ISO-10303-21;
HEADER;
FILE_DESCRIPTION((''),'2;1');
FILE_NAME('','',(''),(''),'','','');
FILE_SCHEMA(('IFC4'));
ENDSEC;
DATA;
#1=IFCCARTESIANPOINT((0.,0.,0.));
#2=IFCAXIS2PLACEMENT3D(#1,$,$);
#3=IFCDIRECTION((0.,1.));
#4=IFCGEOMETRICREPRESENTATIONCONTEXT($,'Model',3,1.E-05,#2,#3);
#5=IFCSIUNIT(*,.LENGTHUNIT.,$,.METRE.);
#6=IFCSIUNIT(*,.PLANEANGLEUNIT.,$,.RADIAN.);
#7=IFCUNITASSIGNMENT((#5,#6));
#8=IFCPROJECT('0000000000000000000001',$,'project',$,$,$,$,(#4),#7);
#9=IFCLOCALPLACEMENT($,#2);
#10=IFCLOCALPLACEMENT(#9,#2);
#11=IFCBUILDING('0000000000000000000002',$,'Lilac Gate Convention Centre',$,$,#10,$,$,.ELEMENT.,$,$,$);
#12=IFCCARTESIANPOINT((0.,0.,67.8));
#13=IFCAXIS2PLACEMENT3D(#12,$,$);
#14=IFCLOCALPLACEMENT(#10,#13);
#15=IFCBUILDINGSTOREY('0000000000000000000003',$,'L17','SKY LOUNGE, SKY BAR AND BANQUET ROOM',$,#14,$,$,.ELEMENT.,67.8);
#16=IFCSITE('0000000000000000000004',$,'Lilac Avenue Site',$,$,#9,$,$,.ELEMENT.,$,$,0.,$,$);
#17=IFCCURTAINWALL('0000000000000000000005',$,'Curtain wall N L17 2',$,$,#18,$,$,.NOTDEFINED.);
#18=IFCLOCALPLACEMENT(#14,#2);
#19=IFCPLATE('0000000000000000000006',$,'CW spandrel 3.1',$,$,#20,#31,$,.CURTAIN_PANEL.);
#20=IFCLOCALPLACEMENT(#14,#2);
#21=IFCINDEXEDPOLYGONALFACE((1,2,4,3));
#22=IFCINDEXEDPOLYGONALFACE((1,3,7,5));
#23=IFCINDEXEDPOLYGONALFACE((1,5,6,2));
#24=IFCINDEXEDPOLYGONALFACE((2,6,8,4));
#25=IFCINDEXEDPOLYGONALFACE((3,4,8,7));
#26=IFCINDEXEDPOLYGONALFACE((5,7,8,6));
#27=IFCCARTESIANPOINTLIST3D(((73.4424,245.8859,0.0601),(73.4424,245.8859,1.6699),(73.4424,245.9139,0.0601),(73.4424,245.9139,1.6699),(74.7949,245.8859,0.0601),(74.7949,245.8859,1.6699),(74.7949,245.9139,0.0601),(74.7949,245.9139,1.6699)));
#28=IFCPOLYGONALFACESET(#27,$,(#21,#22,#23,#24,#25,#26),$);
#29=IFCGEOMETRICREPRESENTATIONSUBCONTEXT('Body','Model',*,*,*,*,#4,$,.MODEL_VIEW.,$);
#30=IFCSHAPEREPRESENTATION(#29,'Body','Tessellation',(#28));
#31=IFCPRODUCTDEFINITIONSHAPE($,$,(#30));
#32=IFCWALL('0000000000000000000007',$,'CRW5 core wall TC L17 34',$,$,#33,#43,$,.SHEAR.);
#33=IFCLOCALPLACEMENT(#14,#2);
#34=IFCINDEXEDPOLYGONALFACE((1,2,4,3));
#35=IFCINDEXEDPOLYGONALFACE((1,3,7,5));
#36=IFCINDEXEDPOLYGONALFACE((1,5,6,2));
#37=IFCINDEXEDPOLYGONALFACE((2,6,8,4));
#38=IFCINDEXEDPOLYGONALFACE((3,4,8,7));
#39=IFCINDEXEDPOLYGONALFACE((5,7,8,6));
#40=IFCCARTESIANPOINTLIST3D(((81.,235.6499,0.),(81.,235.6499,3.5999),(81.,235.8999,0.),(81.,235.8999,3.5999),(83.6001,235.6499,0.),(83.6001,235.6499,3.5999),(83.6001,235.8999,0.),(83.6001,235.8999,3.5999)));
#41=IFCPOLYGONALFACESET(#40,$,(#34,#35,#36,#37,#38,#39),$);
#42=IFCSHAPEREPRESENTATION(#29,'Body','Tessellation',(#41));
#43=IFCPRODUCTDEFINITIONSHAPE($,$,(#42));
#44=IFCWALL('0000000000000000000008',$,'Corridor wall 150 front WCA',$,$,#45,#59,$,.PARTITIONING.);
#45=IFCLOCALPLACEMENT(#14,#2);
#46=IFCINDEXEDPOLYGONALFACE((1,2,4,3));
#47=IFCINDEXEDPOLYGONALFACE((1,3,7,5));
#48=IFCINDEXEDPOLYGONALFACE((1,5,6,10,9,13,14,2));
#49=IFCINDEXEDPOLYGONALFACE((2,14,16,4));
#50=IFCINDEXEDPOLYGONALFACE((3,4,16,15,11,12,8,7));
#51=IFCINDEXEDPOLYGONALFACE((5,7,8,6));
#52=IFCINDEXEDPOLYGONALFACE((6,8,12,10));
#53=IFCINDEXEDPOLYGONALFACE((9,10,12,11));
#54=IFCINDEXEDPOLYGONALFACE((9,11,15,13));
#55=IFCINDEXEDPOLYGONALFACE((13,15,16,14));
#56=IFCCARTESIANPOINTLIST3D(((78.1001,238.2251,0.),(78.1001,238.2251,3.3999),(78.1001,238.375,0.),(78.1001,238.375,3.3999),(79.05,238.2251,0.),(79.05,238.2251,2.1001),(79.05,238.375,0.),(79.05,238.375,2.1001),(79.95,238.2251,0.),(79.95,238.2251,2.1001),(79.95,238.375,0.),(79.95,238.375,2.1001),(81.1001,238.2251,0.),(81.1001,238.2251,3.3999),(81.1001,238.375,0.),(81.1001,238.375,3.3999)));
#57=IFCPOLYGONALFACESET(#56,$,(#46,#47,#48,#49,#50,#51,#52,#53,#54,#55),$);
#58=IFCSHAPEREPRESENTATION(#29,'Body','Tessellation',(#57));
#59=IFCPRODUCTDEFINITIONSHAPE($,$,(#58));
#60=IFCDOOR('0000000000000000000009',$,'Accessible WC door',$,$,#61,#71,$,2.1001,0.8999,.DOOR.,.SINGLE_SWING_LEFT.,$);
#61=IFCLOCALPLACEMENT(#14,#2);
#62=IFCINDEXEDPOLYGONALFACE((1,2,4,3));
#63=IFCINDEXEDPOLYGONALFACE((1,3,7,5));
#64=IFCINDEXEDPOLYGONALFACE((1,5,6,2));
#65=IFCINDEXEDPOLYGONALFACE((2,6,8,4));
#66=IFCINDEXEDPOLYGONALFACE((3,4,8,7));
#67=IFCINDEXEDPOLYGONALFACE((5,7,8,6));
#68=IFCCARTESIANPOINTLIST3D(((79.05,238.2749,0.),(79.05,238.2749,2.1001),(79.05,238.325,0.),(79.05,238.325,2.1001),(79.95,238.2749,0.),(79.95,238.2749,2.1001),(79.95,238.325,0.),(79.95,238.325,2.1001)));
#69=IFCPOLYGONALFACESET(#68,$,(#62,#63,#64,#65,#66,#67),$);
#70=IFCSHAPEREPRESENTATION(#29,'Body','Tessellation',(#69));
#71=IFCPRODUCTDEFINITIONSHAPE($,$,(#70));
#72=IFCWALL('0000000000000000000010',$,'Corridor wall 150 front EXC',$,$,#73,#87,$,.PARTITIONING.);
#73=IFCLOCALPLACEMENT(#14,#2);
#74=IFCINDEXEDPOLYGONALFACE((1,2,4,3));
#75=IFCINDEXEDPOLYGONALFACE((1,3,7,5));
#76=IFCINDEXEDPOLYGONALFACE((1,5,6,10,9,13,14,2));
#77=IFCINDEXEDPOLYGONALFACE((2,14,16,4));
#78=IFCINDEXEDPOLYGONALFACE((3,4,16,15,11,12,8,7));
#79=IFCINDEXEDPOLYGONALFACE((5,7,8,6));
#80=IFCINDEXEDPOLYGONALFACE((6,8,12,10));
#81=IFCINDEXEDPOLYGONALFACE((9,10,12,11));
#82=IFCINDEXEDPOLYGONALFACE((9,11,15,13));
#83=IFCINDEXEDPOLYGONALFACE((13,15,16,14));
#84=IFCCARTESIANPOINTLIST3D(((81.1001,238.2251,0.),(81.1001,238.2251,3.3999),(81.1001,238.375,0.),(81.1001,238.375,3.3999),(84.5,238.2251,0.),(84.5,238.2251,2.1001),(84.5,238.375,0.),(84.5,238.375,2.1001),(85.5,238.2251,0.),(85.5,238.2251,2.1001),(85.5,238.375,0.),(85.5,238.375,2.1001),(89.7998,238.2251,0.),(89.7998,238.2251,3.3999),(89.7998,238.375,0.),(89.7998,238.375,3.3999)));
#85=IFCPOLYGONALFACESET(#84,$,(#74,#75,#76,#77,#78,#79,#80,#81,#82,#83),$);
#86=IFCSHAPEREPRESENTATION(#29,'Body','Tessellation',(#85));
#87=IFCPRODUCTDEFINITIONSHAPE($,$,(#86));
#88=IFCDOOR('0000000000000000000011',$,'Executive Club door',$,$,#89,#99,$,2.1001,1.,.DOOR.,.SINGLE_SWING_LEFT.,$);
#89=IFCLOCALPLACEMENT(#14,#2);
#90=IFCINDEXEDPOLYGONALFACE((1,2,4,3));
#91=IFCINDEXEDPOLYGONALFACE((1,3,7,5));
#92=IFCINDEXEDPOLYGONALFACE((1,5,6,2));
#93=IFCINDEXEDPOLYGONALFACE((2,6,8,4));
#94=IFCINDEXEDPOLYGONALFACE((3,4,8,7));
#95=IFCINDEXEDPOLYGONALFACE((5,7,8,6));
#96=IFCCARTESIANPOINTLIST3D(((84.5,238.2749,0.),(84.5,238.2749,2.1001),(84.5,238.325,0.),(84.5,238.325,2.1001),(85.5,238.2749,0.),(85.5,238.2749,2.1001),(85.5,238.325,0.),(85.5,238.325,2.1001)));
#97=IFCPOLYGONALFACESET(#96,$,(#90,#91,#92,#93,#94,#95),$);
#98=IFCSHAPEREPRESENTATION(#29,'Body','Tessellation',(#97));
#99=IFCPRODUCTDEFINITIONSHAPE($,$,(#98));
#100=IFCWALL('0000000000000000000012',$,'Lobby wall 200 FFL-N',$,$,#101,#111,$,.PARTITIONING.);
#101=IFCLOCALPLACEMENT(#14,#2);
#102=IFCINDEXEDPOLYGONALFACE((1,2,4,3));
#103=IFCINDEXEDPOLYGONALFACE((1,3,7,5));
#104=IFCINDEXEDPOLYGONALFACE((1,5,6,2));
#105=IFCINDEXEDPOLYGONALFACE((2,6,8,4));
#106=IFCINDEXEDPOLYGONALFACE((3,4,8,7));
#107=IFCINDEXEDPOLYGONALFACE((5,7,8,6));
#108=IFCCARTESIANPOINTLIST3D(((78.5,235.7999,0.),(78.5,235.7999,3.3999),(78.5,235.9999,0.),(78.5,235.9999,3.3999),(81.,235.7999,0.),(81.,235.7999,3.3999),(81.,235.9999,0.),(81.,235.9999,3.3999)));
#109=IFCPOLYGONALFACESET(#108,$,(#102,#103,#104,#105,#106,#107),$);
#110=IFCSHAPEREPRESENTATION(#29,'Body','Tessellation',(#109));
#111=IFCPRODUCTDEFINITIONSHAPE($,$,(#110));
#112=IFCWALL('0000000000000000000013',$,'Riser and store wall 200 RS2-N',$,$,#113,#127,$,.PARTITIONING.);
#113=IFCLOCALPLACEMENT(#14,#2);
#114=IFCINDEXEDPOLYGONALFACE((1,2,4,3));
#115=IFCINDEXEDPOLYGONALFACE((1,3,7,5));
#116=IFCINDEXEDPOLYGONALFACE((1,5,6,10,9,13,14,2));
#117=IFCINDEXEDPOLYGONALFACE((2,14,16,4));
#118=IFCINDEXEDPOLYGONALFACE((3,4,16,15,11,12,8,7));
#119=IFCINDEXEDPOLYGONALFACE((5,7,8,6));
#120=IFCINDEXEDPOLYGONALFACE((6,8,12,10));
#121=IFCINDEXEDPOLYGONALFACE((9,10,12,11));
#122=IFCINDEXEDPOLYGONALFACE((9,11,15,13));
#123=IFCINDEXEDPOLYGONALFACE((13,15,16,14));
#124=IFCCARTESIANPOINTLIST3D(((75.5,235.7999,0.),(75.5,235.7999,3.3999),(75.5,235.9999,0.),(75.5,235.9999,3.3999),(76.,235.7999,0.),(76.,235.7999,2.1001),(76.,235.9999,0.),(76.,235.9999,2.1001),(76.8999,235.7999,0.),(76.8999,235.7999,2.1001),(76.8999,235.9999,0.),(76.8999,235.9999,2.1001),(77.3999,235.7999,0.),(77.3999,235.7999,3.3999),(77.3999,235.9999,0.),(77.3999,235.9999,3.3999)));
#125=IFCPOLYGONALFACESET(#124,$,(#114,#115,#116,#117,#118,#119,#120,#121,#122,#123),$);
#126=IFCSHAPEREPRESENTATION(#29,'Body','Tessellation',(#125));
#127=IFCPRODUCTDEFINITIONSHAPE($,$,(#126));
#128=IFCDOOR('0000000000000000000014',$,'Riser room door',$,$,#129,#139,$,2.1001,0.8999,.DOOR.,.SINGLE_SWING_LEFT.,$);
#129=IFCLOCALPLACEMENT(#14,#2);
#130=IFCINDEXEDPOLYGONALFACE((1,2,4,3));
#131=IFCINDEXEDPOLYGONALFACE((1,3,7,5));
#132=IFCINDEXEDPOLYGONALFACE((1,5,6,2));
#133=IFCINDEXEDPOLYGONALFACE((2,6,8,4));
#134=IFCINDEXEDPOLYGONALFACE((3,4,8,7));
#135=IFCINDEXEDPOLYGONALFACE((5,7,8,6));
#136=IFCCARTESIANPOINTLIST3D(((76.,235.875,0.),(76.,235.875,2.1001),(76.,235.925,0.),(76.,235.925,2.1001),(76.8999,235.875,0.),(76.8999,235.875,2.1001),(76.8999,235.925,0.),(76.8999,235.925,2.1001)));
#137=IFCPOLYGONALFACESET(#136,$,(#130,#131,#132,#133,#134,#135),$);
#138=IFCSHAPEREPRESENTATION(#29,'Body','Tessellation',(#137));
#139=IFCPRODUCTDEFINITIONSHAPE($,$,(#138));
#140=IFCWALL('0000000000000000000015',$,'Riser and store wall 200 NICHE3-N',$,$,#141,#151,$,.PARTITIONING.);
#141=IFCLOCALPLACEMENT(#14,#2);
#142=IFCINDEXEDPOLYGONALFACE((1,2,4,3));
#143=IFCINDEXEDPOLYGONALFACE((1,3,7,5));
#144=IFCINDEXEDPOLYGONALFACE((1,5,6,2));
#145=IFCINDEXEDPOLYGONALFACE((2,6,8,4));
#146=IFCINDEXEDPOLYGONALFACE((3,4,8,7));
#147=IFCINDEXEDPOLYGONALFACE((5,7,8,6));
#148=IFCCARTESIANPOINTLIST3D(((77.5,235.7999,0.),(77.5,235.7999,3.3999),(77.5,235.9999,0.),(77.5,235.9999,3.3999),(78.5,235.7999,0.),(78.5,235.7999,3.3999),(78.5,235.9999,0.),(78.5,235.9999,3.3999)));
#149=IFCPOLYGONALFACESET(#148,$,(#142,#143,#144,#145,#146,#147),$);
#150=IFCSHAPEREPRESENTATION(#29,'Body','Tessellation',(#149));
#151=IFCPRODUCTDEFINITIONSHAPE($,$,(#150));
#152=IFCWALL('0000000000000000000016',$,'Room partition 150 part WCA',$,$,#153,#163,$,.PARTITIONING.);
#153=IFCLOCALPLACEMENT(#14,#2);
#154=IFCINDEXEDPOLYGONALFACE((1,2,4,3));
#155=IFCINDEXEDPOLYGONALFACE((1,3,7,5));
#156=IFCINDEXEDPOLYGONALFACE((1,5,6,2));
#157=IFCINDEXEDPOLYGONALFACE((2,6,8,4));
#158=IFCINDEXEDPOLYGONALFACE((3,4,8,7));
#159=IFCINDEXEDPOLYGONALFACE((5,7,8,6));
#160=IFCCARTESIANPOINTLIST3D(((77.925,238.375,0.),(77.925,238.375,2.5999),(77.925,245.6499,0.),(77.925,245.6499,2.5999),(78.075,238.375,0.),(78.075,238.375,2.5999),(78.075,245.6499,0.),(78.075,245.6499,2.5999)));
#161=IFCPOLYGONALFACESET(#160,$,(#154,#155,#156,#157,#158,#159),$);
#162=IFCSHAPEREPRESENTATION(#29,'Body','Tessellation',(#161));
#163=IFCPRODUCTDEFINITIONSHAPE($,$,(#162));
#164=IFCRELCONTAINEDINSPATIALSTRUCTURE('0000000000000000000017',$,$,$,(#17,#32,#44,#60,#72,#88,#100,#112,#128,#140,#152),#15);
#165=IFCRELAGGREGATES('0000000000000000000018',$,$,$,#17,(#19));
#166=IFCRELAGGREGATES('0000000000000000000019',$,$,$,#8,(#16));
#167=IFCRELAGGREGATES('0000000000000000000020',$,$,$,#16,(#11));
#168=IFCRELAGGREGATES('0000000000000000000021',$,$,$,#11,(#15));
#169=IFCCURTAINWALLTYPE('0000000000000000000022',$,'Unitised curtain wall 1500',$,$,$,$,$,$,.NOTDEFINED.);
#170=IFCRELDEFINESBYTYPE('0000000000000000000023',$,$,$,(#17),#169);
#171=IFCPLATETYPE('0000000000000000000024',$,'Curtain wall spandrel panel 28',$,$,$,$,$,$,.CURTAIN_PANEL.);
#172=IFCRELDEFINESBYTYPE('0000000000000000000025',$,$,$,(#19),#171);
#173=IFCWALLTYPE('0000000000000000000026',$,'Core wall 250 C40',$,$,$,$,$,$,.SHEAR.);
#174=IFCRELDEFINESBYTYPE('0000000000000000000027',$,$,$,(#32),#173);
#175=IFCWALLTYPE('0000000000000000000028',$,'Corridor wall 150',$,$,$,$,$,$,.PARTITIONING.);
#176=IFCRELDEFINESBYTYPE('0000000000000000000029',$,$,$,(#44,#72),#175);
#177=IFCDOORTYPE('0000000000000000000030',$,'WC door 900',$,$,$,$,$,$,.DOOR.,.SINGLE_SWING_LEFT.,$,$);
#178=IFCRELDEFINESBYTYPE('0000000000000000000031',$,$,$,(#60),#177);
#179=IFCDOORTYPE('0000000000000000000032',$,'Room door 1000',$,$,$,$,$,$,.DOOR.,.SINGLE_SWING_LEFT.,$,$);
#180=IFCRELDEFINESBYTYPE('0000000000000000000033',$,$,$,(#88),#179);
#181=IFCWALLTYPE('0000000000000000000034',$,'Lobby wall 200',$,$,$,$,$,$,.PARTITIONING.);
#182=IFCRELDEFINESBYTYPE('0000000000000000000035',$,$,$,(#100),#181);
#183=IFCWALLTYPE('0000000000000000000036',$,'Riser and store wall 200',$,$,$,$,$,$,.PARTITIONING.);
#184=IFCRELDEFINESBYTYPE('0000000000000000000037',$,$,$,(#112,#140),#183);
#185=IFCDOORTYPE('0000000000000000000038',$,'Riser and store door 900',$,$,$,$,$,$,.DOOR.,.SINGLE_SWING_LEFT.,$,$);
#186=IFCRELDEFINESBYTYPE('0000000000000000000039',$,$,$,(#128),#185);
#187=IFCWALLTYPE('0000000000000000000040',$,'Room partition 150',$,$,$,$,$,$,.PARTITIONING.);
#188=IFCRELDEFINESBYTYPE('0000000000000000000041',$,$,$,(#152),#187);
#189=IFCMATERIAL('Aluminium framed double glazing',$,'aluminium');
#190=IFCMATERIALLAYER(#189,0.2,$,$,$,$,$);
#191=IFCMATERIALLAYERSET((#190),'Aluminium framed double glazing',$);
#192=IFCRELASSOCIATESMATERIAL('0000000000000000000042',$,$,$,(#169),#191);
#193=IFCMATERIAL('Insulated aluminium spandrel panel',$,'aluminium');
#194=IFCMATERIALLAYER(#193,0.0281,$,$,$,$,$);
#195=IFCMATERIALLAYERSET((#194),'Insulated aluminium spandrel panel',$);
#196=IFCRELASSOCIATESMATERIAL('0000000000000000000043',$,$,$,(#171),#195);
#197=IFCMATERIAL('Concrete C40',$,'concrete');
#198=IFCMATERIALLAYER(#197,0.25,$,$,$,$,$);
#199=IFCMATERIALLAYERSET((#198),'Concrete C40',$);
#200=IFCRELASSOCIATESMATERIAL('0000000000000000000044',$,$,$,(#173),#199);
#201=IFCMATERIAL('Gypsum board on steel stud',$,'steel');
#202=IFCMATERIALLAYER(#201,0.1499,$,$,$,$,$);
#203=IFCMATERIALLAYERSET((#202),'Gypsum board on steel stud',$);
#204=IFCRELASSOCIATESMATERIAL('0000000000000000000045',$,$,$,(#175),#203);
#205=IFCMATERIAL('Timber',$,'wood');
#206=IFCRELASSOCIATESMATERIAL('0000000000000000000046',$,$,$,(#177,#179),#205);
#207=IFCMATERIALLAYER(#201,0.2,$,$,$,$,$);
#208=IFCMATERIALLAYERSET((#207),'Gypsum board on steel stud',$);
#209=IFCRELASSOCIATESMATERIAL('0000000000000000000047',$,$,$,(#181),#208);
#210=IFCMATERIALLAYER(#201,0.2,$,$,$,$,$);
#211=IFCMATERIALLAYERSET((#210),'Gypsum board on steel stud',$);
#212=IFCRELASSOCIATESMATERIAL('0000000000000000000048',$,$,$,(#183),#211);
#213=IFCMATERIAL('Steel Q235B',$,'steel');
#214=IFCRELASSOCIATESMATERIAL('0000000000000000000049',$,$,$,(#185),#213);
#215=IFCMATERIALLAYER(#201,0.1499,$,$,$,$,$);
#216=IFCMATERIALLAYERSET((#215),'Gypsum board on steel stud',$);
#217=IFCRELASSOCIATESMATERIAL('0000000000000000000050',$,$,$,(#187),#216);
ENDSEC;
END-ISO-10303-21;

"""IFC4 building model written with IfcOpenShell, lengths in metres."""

from ifc_helpers import new_model, si_unit, direction, frame, frame_2d, origin, origin_2d, place, context, subcontext, project, spatial, rectangle, extrude, material, layer, layer_set, type_object, element, fill, aggregate, save


model = new_model("IFC4")

# Units and contexts
model_context = context("Model", 3, precision=1e-05, world=origin(), true_north=direction((0.0, 1.0)))
body_context = subcontext(model_context, "Body", "Model", "MODEL_VIEW")
ifc_project = project(units=[si_unit("LENGTHUNIT", "METRE"), si_unit("PLANEANGLEUNIT", "RADIAN")], contexts=[model_context])

# Site, building, storey
site_placement = place(None, origin())
site = spatial("IfcSite", under=ifc_project, at=site_placement, Name="Lilac Avenue Site", CompositionType="ELEMENT", RefElevation=0.0)
building_placement = place(site_placement, origin())
building = spatial("IfcBuilding", under=site, at=building_placement, Name="Lilac Gate Convention Centre", CompositionType="ELEMENT")
storey_placement = place(building_placement, frame((0.0, 0.0, 67.8)))
storey = spatial("IfcBuildingStorey", under=building, at=storey_placement, Name="L17", Description="SKY LOUNGE, SKY BAR AND BANQUET ROOM", CompositionType="ELEMENT", Elevation=67.8)

# Shared definitions
ifc_material_1 = material(Name="Concrete C40", Category="concrete")

# Curtain wall
ifc_material_2 = material(Name="Aluminium framed double glazing", Category="aluminium")
ifc_layer_1 = layer(ifc_material_2, 0.2)
ifc_layer_set_1 = layer_set([ifc_layer_1], Name="Aluminium framed double glazing")
curtain_wall_type = type_object("IfcCurtainWallType", Name="Unitised curtain wall 1500", PredefinedType="NOTDEFINED", material=ifc_layer_set_1)
curtain_wall_placement = place(storey_placement, origin())
curtain_wall = element("IfcCurtainWall", 1, at=curtain_wall_placement, inside=storey, type_object=curtain_wall_type, Name="Curtain wall N L17 2", PredefinedType="NOTDEFINED")

# Plate
ifc_material_3 = material(Name="Insulated aluminium spandrel panel", Category="aluminium")
ifc_layer_2 = layer(ifc_material_3, 0.0281)
ifc_layer_set_2 = layer_set([ifc_layer_2], Name="Insulated aluminium spandrel panel")
plate_type_1 = type_object("IfcPlateType", Name="Curtain wall spandrel panel 28", PredefinedType="CURTAIN_PANEL", material=ifc_layer_set_2)
plate_1_placement = place(storey_placement, frame((74.1187, 245.8999, 0.0601), z_axis=(0.0, 0.0, 1.0), x_axis=(-1.0, 0.0, 0.0)))
plate_1 = element("IfcPlate", 2, at=plate_1_placement, type_object=plate_type_1, Name="CW spandrel 3.1", PredefinedType="CURTAIN_PANEL", context=body_context, shape_type="SweptSolid", body=[
    extrude(rectangle(XDim=1.3525, YDim=0.0281, at=origin_2d()), origin(), (0.0, 0.0, 1.0), 1.6099),
])
aggregate(curtain_wall, [plate_1])

# Wall
ifc_layer_3 = layer(ifc_material_1, 0.25)
ifc_layer_set_3 = layer_set([ifc_layer_3], Name="Concrete C40")
wall_type_1 = type_object("IfcWallType", Name="Core wall 250 C40", PredefinedType="SHEAR", material=ifc_layer_set_3)
wall_1_placement = place(storey_placement, frame((81.0, 235.7749, 0.0), z_axis=(0.0, 0.0, 1.0), x_axis=(1.0, 0.0, 0.0)))
element("IfcWall", 3, at=wall_1_placement, inside=storey, type_object=wall_type_1, Name="CRW5 core wall TC L17 34", PredefinedType="SHEAR", context=body_context, shape_type="SweptSolid", body=[
    extrude(rectangle(XDim=2.6001, YDim=0.25, at=frame_2d((1.3, 0.0))), origin(), (0.0, 0.0, 1.0), 3.5999),
])

# Walls, openings, doors
ifc_material_4 = material(Name="Gypsum board on steel stud", Category="steel")
ifc_layer_4 = layer(ifc_material_4, 0.1499)
ifc_layer_set_4 = layer_set([ifc_layer_4], Name="Gypsum board on steel stud")
wall_type_2 = type_object("IfcWallType", Name="Corridor wall 150", PredefinedType="PARTITIONING", material=ifc_layer_set_4)
wall_2_placement = place(storey_placement, frame((78.1001, 238.3, 0.0), z_axis=(0.0, 0.0, 1.0), x_axis=(1.0, 0.0, 0.0)))
wall_2 = element("IfcWall", 4, at=wall_2_placement, inside=storey, type_object=wall_type_2, Name="Corridor wall 150 front WCA", PredefinedType="PARTITIONING", context=body_context, shape_type="SweptSolid", body=[
    extrude(rectangle(XDim=3.0, YDim=0.1499, at=frame_2d((1.5, 0.0))), origin(), (0.0, 0.0, 1.0), 3.3999),
])
opening_1_placement = place(wall_2_placement, frame((0.95, 0.0, 0.0)))
opening_1 = element("IfcOpeningElement", 5, at=opening_1_placement, cuts=wall_2, PredefinedType="OPENING", context=body_context, shape_type="SweptSolid", body=[
    extrude(rectangle(XDim=0.8999, YDim=2.1001, at=frame_2d((0.45, 1.05))), frame((0.0, 0.085, 0.0), z_axis=(0.0, -1.0, 0.0), x_axis=(1.0, 0.0, 0.0)), (0.0, 0.0, 1.0), 0.1699),
])
ifc_material_5 = material(Name="Timber", Category="wood")
door_type_1 = type_object("IfcDoorType", Name="WC door 900", OperationType="SINGLE_SWING_LEFT", PredefinedType="DOOR", material=ifc_material_5)
door_1_placement = place(opening_1_placement, origin())
door_1 = element("IfcDoor", 6, at=door_1_placement, inside=storey, type_object=door_type_1, Name="Accessible WC door", OperationType="SINGLE_SWING_LEFT", OverallHeight=2.1001, OverallWidth=0.8999, PredefinedType="DOOR", context=body_context, shape_type="SweptSolid", body=[
    extrude(rectangle(XDim=0.8999, YDim=2.1001, at=frame_2d((0.45, 1.05))), frame((0.0, 0.0249, 0.0), z_axis=(0.0, -1.0, 0.0), x_axis=(1.0, 0.0, 0.0)), (0.0, 0.0, 1.0), 0.05),
])
fill(opening_1, door_1)
wall_3_placement = place(storey_placement, frame((81.1001, 238.3, 0.0), z_axis=(0.0, 0.0, 1.0), x_axis=(1.0, 0.0, 0.0)))
wall_3 = element("IfcWall", 7, at=wall_3_placement, inside=storey, type_object=wall_type_2, Name="Corridor wall 150 front EXC", PredefinedType="PARTITIONING", context=body_context, shape_type="SweptSolid", body=[
    extrude(rectangle(XDim=8.6997, YDim=0.1499, at=frame_2d((4.3499, 0.0))), origin(), (0.0, 0.0, 1.0), 3.3999),
])
opening_2_placement = place(wall_3_placement, frame((3.3999, 0.0, 0.0)))
opening_2 = element("IfcOpeningElement", 8, at=opening_2_placement, cuts=wall_3, PredefinedType="OPENING", context=body_context, shape_type="SweptSolid", body=[
    extrude(rectangle(XDim=1.0, YDim=2.1001, at=frame_2d((0.5, 1.05))), frame((0.0, 0.085, 0.0), z_axis=(0.0, -1.0, 0.0), x_axis=(1.0, 0.0, 0.0)), (0.0, 0.0, 1.0), 0.1699),
])
door_type_2 = type_object("IfcDoorType", Name="Room door 1000", OperationType="SINGLE_SWING_LEFT", PredefinedType="DOOR", material=ifc_material_5)
door_2_placement = place(opening_2_placement, origin())
door_2 = element("IfcDoor", 9, at=door_2_placement, inside=storey, type_object=door_type_2, Name="Executive Club door", OperationType="SINGLE_SWING_LEFT", OverallHeight=2.1001, OverallWidth=1.0, PredefinedType="DOOR", context=body_context, shape_type="SweptSolid", body=[
    extrude(rectangle(XDim=1.0, YDim=2.1001, at=frame_2d((0.5, 1.05))), frame((0.0, 0.0249, 0.0), z_axis=(0.0, -1.0, 0.0), x_axis=(1.0, 0.0, 0.0)), (0.0, 0.0, 1.0), 0.05),
])
fill(opening_2, door_2)

# Wall
ifc_layer_5 = layer(ifc_material_4, 0.2)
ifc_layer_set_5 = layer_set([ifc_layer_5], Name="Gypsum board on steel stud")
wall_type_3 = type_object("IfcWallType", Name="Lobby wall 200", PredefinedType="PARTITIONING", material=ifc_layer_set_5)
wall_4_placement = place(storey_placement, frame((78.5, 235.8999, 0.0), z_axis=(0.0, 0.0, 1.0), x_axis=(1.0, 0.0, 0.0)))
element("IfcWall", 10, at=wall_4_placement, inside=storey, type_object=wall_type_3, Name="Lobby wall 200 FFL-N", PredefinedType="PARTITIONING", context=body_context, shape_type="SweptSolid", body=[
    extrude(rectangle(XDim=2.5, YDim=0.2, at=frame_2d((1.25, 0.0))), origin(), (0.0, 0.0, 1.0), 3.3999),
])

# Wall, opening, door
ifc_layer_6 = layer(ifc_material_4, 0.2)
ifc_layer_set_6 = layer_set([ifc_layer_6], Name="Gypsum board on steel stud")
wall_type_4 = type_object("IfcWallType", Name="Riser and store wall 200", PredefinedType="PARTITIONING", material=ifc_layer_set_6)
wall_5_placement = place(storey_placement, frame((77.3999, 235.8999, 0.0), z_axis=(0.0, 0.0, 1.0), x_axis=(-1.0, 0.0, 0.0)))
wall_5 = element("IfcWall", 11, at=wall_5_placement, inside=storey, type_object=wall_type_4, Name="Riser and store wall 200 RS2-N", PredefinedType="PARTITIONING", context=body_context, shape_type="SweptSolid", body=[
    extrude(rectangle(XDim=1.8999, YDim=0.2, at=frame_2d((0.95, 0.0))), origin(), (0.0, 0.0, 1.0), 3.3999),
])
opening_3_placement = place(wall_5_placement, frame((0.5, 0.0, 0.0)))
opening_3 = element("IfcOpeningElement", 12, at=opening_3_placement, cuts=wall_5, PredefinedType="OPENING", context=body_context, shape_type="SweptSolid", body=[
    extrude(rectangle(XDim=0.8999, YDim=2.1001, at=frame_2d((0.45, 1.05))), frame((0.0, 0.1099, 0.0), z_axis=(0.0, -1.0, 0.0), x_axis=(1.0, 0.0, 0.0)), (0.0, 0.0, 1.0), 0.22),
])
ifc_material_6 = material(Name="Steel Q235B", Category="steel")
door_type_3 = type_object("IfcDoorType", Name="Riser and store door 900", OperationType="SINGLE_SWING_LEFT", PredefinedType="DOOR", material=ifc_material_6)
door_3_placement = place(opening_3_placement, origin())
door_3 = element("IfcDoor", 13, at=door_3_placement, inside=storey, type_object=door_type_3, Name="Riser room door", OperationType="SINGLE_SWING_LEFT", OverallHeight=2.1001, OverallWidth=0.8999, PredefinedType="DOOR", context=body_context, shape_type="SweptSolid", body=[
    extrude(rectangle(XDim=0.8999, YDim=2.1001, at=frame_2d((0.45, 1.05))), frame((0.0, 0.0249, 0.0), z_axis=(0.0, -1.0, 0.0), x_axis=(1.0, 0.0, 0.0)), (0.0, 0.0, 1.0), 0.05),
])
fill(opening_3, door_3)

# Walls
wall_6_placement = place(storey_placement, frame((77.5, 235.8999, 0.0), z_axis=(0.0, 0.0, 1.0), x_axis=(1.0, 0.0, 0.0)))
element("IfcWall", 14, at=wall_6_placement, inside=storey, type_object=wall_type_4, Name="Riser and store wall 200 NICHE3-N", PredefinedType="PARTITIONING", context=body_context, shape_type="SweptSolid", body=[
    extrude(rectangle(XDim=1.0, YDim=0.2, at=frame_2d((0.5, 0.0))), origin(), (0.0, 0.0, 1.0), 3.3999),
])
ifc_layer_7 = layer(ifc_material_4, 0.1499)
ifc_layer_set_7 = layer_set([ifc_layer_7], Name="Gypsum board on steel stud")
wall_type_5 = type_object("IfcWallType", Name="Room partition 150", PredefinedType="PARTITIONING", material=ifc_layer_set_7)
wall_7_placement = place(storey_placement, frame((78.0, 245.6499, 0.0), z_axis=(0.0, 0.0, 1.0), x_axis=(0.0, -1.0, 0.0)))
element("IfcWall", 15, at=wall_7_placement, inside=storey, type_object=wall_type_5, Name="Room partition 150 part WCA", PredefinedType="PARTITIONING", context=body_context, shape_type="SweptSolid", body=[
    extrude(rectangle(XDim=7.2749, YDim=0.1499, at=frame_2d((3.6375, 0.0))), origin(), (0.0, 0.0, 1.0), 2.5999),
])

save(model, "model.ifc")
